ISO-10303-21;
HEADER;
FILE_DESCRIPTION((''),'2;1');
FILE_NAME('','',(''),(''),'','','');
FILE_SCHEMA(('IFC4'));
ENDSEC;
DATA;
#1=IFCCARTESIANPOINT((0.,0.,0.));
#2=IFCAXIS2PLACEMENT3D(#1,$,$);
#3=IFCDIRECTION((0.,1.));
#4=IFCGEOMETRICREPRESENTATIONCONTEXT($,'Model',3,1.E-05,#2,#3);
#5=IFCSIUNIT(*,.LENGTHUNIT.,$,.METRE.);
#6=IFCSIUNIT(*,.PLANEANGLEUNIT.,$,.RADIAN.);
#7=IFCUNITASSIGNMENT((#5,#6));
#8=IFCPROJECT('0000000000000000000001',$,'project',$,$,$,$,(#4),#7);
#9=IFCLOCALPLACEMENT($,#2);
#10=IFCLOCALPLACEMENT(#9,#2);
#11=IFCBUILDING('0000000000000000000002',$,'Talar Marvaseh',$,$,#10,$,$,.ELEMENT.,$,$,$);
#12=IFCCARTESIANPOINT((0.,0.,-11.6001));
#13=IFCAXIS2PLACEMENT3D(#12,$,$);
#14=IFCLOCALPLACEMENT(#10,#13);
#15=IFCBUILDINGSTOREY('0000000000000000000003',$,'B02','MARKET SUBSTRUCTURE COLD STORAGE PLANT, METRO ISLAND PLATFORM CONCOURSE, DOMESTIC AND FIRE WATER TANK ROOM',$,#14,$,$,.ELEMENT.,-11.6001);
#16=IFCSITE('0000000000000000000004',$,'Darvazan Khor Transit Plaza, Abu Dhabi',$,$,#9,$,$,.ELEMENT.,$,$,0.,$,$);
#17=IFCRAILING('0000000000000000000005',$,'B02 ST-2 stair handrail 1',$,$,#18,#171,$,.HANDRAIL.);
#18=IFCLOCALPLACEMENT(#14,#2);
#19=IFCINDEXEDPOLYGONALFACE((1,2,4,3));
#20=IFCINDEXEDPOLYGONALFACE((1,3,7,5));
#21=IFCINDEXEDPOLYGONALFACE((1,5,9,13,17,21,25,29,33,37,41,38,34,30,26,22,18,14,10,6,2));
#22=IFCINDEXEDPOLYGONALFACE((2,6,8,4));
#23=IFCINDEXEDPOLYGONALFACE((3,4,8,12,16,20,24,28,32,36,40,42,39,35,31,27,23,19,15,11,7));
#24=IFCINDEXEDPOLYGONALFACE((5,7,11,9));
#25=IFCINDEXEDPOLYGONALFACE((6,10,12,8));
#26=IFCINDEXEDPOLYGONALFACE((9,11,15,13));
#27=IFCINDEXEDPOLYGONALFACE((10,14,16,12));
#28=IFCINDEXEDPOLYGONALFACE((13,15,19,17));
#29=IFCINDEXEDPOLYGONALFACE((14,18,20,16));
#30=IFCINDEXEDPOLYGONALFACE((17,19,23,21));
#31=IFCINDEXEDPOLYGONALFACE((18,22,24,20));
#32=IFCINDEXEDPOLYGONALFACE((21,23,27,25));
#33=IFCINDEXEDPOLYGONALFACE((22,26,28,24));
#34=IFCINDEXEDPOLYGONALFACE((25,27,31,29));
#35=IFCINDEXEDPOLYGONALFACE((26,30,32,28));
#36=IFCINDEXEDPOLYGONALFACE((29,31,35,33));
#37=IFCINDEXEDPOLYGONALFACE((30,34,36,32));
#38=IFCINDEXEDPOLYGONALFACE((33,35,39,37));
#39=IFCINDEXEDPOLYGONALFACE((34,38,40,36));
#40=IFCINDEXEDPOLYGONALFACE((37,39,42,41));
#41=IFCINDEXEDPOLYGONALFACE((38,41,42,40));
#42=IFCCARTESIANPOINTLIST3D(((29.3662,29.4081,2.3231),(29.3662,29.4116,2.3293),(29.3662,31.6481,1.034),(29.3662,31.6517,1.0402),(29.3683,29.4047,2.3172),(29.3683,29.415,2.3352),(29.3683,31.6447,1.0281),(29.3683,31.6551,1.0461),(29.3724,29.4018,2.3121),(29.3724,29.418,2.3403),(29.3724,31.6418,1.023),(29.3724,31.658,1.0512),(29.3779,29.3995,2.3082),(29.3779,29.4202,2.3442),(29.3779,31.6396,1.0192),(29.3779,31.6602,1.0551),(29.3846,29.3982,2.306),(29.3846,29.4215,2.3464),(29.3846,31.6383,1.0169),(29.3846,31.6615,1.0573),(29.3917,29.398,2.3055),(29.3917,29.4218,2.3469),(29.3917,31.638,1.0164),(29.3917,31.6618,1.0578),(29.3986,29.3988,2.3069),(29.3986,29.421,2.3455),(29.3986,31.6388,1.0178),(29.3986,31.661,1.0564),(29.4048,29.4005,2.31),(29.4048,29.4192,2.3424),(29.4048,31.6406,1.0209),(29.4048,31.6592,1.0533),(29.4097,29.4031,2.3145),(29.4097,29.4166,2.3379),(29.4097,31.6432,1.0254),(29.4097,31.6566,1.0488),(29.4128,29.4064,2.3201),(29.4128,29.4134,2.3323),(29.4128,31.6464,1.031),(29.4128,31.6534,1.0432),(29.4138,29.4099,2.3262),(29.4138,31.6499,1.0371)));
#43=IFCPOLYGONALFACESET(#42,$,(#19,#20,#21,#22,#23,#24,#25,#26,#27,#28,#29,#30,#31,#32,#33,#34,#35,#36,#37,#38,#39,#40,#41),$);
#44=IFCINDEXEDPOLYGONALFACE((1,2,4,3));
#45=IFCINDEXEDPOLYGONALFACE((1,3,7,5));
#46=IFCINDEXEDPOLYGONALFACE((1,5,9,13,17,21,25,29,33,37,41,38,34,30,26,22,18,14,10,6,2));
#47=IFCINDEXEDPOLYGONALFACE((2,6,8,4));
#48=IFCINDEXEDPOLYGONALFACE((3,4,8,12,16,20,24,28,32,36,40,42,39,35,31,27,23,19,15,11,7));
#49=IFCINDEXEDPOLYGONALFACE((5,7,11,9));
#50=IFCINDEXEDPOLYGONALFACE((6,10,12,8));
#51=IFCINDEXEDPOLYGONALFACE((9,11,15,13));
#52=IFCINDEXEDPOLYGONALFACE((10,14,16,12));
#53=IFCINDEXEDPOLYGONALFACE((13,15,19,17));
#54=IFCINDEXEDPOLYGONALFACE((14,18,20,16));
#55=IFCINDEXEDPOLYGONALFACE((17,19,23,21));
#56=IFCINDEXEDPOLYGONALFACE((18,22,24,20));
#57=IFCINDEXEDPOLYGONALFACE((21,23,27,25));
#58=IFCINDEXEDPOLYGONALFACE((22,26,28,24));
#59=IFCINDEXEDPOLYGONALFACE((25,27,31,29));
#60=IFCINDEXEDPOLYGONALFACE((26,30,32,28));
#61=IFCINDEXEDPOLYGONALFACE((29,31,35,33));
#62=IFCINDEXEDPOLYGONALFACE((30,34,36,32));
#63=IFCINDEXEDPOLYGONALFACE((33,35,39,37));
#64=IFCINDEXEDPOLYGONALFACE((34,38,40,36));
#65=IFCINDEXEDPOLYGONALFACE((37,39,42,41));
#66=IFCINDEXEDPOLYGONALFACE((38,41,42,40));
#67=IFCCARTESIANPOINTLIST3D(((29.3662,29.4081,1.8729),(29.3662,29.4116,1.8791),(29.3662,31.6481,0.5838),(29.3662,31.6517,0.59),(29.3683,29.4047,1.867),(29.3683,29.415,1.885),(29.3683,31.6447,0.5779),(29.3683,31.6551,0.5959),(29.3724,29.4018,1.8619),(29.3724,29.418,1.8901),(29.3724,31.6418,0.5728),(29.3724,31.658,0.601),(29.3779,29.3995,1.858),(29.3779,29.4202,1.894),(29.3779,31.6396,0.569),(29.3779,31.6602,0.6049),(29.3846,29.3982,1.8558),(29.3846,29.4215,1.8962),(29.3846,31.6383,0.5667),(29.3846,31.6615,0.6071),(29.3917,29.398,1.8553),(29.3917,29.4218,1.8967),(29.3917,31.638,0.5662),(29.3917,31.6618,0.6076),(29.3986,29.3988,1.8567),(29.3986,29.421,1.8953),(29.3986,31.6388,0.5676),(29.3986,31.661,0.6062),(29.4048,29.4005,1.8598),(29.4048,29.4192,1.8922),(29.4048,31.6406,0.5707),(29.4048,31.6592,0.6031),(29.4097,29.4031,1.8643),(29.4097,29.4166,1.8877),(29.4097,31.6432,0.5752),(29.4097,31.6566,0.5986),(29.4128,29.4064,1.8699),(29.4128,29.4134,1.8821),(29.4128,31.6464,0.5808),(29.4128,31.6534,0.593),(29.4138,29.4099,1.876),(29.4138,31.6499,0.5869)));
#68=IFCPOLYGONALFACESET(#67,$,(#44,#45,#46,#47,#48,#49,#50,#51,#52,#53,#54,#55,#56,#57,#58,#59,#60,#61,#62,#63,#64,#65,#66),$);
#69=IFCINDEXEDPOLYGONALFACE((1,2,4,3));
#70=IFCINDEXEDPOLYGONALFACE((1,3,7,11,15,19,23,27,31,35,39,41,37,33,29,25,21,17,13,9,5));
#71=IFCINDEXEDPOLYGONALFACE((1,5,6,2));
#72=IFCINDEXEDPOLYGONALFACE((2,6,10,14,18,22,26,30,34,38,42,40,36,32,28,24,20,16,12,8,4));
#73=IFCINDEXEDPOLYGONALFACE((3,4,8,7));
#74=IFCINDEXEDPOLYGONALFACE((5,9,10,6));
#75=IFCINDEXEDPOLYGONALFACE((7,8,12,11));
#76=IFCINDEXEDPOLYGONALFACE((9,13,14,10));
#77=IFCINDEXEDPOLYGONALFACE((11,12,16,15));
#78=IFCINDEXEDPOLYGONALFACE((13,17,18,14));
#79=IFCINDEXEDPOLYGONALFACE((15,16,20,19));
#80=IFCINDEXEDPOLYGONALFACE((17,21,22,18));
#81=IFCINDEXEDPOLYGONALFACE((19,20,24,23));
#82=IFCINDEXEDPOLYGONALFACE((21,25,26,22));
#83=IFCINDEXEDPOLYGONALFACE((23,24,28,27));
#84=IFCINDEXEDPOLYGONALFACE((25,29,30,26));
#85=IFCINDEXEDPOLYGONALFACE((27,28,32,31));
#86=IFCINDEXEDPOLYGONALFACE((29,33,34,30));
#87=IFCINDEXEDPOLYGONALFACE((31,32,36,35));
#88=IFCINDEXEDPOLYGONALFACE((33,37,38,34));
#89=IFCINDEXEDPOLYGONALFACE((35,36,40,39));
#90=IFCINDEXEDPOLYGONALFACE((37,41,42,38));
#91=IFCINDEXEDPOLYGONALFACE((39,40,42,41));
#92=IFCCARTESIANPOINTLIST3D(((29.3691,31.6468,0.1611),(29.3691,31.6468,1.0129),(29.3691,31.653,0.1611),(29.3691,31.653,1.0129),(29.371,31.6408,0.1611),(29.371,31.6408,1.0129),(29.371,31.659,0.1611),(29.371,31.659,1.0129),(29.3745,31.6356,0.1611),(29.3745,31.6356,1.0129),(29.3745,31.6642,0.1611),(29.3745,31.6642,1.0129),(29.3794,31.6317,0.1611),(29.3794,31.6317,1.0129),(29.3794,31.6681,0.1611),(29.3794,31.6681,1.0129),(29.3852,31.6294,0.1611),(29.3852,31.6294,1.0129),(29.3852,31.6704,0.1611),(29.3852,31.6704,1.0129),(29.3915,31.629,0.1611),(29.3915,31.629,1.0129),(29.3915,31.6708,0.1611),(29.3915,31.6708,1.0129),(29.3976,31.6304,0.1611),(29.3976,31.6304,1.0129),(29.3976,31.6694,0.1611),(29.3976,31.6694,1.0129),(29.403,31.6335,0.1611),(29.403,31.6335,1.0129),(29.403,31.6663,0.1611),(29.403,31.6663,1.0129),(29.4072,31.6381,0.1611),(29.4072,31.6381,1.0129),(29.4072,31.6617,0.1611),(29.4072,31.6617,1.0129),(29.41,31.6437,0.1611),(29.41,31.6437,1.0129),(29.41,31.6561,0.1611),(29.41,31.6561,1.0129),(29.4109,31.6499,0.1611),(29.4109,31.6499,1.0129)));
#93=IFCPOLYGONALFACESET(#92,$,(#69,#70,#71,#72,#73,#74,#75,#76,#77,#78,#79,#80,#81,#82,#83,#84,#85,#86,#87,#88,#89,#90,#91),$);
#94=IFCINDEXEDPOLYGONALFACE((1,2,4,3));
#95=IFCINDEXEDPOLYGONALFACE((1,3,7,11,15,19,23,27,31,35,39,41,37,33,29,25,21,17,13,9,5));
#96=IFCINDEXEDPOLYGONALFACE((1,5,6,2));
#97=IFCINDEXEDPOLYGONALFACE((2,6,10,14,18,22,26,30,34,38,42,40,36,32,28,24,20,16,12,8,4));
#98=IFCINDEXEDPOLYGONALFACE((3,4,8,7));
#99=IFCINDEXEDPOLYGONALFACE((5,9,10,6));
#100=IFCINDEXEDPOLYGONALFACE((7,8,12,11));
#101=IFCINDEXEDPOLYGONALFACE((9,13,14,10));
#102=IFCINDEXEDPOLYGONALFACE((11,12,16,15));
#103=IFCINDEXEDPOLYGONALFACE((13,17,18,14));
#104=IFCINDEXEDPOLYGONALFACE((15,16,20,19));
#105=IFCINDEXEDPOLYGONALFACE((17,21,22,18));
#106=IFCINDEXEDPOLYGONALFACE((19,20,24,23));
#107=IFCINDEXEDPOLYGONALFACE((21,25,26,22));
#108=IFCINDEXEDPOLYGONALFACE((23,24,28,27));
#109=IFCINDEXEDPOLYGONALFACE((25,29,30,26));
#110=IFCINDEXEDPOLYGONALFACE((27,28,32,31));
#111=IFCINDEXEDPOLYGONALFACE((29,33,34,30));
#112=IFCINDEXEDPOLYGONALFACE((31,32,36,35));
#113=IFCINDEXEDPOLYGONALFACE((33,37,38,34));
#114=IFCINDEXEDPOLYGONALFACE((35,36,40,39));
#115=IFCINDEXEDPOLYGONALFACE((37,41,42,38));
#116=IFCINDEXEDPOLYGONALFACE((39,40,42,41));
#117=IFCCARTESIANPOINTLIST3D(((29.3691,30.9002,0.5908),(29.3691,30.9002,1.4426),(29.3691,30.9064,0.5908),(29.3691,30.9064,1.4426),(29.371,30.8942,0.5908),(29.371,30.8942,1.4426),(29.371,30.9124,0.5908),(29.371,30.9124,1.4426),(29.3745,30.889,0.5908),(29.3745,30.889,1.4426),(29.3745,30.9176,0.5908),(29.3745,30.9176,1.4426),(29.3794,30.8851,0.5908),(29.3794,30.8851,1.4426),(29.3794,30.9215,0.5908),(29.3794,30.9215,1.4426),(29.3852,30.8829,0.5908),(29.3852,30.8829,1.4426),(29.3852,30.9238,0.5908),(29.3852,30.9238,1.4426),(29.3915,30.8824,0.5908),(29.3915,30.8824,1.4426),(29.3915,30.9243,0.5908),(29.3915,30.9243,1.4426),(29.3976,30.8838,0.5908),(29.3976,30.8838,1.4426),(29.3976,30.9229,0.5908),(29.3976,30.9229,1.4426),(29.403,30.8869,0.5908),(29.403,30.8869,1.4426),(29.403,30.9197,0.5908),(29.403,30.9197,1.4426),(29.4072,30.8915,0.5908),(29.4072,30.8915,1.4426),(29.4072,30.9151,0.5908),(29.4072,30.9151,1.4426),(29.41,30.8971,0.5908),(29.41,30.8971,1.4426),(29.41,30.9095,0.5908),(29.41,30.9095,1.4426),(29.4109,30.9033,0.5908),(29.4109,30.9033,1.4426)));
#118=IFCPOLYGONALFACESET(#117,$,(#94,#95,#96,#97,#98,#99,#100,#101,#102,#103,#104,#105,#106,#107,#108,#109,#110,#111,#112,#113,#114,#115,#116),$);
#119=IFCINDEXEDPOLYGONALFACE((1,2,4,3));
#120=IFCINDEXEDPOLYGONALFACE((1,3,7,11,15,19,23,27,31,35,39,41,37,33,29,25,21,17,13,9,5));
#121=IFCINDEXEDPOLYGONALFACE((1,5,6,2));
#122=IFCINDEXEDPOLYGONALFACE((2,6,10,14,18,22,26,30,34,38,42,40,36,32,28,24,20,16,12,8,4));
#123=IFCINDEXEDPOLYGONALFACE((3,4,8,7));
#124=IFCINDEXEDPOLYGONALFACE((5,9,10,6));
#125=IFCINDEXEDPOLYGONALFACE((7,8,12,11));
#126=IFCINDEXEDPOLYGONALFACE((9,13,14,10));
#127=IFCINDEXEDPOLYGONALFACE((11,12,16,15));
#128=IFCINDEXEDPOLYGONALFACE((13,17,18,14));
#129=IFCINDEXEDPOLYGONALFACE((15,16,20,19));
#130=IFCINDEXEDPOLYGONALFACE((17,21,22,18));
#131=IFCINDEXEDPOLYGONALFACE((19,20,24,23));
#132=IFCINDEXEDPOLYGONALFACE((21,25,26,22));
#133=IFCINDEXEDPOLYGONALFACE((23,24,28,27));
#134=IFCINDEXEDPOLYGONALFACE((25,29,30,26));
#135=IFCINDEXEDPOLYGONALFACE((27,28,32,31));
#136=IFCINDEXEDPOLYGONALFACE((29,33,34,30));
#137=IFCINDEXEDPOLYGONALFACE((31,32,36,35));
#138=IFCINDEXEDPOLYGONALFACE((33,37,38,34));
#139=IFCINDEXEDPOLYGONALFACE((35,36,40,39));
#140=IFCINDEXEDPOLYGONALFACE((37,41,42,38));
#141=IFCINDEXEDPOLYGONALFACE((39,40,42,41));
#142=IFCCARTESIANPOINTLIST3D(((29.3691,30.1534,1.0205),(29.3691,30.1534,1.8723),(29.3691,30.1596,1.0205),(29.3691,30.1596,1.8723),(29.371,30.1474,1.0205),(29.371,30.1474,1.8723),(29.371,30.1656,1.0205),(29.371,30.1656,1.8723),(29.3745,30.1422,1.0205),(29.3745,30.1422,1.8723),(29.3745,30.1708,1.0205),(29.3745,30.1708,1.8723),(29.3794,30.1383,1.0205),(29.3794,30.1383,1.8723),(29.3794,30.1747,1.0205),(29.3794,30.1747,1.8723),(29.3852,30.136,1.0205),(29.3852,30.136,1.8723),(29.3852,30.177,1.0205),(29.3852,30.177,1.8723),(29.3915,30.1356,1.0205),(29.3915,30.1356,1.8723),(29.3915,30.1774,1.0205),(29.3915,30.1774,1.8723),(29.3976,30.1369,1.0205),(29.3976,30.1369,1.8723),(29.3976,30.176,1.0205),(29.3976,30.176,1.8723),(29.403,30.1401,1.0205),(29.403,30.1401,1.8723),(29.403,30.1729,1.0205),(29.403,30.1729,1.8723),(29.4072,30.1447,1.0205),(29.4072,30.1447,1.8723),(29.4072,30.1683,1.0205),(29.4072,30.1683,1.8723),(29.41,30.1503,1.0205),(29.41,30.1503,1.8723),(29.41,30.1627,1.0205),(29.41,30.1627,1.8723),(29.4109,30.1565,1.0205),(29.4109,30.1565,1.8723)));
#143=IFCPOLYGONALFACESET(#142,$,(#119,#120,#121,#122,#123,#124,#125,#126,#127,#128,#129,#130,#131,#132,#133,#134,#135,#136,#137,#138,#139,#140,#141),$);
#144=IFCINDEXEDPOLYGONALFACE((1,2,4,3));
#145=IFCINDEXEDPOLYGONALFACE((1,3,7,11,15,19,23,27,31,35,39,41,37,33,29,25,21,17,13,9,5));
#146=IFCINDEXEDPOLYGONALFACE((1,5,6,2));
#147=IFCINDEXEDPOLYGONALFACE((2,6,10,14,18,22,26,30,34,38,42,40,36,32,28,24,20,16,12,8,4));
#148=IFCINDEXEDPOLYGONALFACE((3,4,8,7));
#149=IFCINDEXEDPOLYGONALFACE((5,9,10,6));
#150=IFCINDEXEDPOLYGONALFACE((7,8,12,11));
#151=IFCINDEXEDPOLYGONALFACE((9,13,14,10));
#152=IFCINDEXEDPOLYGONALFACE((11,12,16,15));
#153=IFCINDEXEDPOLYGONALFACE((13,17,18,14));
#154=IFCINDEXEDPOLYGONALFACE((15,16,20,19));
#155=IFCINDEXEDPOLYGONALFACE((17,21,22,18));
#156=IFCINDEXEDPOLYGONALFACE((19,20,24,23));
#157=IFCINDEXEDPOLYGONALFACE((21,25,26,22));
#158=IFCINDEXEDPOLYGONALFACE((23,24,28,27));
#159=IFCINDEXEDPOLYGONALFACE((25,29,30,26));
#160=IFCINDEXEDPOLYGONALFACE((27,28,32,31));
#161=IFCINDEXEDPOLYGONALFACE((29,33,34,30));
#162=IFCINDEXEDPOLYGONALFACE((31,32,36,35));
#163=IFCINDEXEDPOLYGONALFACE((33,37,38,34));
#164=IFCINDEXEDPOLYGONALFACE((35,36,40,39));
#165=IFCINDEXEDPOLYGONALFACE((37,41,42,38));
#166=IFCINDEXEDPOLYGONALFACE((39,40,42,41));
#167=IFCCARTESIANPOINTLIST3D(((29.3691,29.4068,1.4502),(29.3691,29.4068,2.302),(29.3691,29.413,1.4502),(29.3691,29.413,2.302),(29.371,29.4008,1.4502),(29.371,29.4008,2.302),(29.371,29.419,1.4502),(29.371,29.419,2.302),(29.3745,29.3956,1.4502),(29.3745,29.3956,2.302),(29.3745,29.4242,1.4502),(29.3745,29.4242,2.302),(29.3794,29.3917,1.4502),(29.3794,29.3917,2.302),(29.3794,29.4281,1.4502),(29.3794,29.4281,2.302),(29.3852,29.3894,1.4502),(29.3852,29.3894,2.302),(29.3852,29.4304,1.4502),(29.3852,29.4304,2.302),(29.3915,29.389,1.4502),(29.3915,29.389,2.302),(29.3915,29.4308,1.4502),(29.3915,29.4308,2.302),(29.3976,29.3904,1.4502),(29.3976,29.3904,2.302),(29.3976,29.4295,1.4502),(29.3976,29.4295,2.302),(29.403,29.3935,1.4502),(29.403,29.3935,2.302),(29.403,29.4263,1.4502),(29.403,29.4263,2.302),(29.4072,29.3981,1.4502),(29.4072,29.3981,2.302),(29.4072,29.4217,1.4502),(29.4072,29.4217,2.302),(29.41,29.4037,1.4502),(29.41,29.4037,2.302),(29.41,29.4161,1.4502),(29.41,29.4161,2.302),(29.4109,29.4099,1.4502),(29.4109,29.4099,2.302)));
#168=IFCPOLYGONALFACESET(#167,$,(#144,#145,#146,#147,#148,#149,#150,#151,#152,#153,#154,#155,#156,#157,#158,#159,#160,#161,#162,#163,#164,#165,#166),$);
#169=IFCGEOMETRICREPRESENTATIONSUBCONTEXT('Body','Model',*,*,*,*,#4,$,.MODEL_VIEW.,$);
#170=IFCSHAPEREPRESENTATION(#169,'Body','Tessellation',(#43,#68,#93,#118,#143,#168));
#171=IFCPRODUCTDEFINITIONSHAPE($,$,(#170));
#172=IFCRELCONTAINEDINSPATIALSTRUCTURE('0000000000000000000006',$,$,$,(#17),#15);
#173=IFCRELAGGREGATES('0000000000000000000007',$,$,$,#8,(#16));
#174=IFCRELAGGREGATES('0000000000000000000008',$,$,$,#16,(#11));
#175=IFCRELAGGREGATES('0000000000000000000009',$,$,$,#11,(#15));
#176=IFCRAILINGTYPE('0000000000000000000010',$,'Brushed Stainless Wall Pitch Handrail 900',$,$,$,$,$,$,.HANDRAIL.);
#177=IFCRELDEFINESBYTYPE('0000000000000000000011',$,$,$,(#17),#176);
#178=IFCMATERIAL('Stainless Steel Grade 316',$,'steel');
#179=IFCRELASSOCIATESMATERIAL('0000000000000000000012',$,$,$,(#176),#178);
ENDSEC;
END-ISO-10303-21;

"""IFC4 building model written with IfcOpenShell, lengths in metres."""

from ifc_helpers import new_model, si_unit, direction, frame, origin, origin_2d, place, context, subcontext, project, spatial, circle, extrude, material, type_object, element, save


model = new_model("IFC4")

# Units and contexts
model_context = context("Model", 3, precision=1e-05, world=origin(), true_north=direction((0.0, 1.0)))
body_context = subcontext(model_context, "Body", "Model", "MODEL_VIEW")
ifc_project = project(units=[si_unit("LENGTHUNIT", "METRE"), si_unit("PLANEANGLEUNIT", "RADIAN")], contexts=[model_context])

# Site, building, storey
site_placement = place(None, origin())
site = spatial("IfcSite", under=ifc_project, at=site_placement, Name="Darvazan Khor Transit Plaza, Abu Dhabi", CompositionType="ELEMENT", RefElevation=0.0)
building_placement = place(site_placement, origin())
building = spatial("IfcBuilding", under=site, at=building_placement, Name="Talar Marvaseh", CompositionType="ELEMENT")
storey_placement = place(building_placement, frame((0.0, 0.0, -11.6001)))
storey = spatial("IfcBuildingStorey", under=building, at=storey_placement, Name="B02", Description="MARKET SUBSTRUCTURE COLD STORAGE PLANT, METRO ISLAND PLATFORM CONCOURSE, DOMESTIC AND FIRE WATER TANK ROOM", CompositionType="ELEMENT", Elevation=-11.6001)

# Railing
ifc_material_1 = material(Name="Stainless Steel Grade 316", Category="steel")
railing_type_1 = type_object("IfcRailingType", Name="Brushed Stainless Wall Pitch Handrail 900", PredefinedType="HANDRAIL", material=ifc_material_1)
railing_1_placement = place(storey_placement, frame((29.3899, 31.6499, 0.1611)))
element("IfcRailing", 1, at=railing_1_placement, inside=storey, type_object=railing_type_1, Name="B02 ST-2 stair handrail 1", PredefinedType="HANDRAIL", context=body_context, shape_type="SweptSolid", body=[
    extrude(circle(Radius=0.0239, at=origin_2d()), frame((0.0, 0.0, 0.876), z_axis=(0.0, -0.866728, 0.498782), x_axis=(1.0, 0.0, 0.0)), (0.0, 0.0, 1.0), 2.5845),
    extrude(circle(Radius=0.0239, at=origin_2d()), frame((0.0, 0.0, 0.4258), z_axis=(0.0, -0.866728, 0.498782), x_axis=(1.0, 0.0, 0.0)), (0.0, 0.0, 1.0), 2.5845),
    extrude(circle(Radius=0.021, at=origin_2d()), origin(), (0.0, 0.0, 1.0), 0.8518),
    extrude(circle(Radius=0.021, at=origin_2d()), frame((0.0, -0.7466, 0.4297)), (0.0, 0.0, 1.0), 0.8518),
    extrude(circle(Radius=0.021, at=origin_2d()), frame((0.0, -1.4934, 0.8594)), (0.0, 0.0, 1.0), 0.8518),
    extrude(circle(Radius=0.021, at=origin_2d()), frame((0.0, -2.24, 1.2891)), (0.0, 0.0, 1.0), 0.8518),
])

save(model, "model.ifc")
